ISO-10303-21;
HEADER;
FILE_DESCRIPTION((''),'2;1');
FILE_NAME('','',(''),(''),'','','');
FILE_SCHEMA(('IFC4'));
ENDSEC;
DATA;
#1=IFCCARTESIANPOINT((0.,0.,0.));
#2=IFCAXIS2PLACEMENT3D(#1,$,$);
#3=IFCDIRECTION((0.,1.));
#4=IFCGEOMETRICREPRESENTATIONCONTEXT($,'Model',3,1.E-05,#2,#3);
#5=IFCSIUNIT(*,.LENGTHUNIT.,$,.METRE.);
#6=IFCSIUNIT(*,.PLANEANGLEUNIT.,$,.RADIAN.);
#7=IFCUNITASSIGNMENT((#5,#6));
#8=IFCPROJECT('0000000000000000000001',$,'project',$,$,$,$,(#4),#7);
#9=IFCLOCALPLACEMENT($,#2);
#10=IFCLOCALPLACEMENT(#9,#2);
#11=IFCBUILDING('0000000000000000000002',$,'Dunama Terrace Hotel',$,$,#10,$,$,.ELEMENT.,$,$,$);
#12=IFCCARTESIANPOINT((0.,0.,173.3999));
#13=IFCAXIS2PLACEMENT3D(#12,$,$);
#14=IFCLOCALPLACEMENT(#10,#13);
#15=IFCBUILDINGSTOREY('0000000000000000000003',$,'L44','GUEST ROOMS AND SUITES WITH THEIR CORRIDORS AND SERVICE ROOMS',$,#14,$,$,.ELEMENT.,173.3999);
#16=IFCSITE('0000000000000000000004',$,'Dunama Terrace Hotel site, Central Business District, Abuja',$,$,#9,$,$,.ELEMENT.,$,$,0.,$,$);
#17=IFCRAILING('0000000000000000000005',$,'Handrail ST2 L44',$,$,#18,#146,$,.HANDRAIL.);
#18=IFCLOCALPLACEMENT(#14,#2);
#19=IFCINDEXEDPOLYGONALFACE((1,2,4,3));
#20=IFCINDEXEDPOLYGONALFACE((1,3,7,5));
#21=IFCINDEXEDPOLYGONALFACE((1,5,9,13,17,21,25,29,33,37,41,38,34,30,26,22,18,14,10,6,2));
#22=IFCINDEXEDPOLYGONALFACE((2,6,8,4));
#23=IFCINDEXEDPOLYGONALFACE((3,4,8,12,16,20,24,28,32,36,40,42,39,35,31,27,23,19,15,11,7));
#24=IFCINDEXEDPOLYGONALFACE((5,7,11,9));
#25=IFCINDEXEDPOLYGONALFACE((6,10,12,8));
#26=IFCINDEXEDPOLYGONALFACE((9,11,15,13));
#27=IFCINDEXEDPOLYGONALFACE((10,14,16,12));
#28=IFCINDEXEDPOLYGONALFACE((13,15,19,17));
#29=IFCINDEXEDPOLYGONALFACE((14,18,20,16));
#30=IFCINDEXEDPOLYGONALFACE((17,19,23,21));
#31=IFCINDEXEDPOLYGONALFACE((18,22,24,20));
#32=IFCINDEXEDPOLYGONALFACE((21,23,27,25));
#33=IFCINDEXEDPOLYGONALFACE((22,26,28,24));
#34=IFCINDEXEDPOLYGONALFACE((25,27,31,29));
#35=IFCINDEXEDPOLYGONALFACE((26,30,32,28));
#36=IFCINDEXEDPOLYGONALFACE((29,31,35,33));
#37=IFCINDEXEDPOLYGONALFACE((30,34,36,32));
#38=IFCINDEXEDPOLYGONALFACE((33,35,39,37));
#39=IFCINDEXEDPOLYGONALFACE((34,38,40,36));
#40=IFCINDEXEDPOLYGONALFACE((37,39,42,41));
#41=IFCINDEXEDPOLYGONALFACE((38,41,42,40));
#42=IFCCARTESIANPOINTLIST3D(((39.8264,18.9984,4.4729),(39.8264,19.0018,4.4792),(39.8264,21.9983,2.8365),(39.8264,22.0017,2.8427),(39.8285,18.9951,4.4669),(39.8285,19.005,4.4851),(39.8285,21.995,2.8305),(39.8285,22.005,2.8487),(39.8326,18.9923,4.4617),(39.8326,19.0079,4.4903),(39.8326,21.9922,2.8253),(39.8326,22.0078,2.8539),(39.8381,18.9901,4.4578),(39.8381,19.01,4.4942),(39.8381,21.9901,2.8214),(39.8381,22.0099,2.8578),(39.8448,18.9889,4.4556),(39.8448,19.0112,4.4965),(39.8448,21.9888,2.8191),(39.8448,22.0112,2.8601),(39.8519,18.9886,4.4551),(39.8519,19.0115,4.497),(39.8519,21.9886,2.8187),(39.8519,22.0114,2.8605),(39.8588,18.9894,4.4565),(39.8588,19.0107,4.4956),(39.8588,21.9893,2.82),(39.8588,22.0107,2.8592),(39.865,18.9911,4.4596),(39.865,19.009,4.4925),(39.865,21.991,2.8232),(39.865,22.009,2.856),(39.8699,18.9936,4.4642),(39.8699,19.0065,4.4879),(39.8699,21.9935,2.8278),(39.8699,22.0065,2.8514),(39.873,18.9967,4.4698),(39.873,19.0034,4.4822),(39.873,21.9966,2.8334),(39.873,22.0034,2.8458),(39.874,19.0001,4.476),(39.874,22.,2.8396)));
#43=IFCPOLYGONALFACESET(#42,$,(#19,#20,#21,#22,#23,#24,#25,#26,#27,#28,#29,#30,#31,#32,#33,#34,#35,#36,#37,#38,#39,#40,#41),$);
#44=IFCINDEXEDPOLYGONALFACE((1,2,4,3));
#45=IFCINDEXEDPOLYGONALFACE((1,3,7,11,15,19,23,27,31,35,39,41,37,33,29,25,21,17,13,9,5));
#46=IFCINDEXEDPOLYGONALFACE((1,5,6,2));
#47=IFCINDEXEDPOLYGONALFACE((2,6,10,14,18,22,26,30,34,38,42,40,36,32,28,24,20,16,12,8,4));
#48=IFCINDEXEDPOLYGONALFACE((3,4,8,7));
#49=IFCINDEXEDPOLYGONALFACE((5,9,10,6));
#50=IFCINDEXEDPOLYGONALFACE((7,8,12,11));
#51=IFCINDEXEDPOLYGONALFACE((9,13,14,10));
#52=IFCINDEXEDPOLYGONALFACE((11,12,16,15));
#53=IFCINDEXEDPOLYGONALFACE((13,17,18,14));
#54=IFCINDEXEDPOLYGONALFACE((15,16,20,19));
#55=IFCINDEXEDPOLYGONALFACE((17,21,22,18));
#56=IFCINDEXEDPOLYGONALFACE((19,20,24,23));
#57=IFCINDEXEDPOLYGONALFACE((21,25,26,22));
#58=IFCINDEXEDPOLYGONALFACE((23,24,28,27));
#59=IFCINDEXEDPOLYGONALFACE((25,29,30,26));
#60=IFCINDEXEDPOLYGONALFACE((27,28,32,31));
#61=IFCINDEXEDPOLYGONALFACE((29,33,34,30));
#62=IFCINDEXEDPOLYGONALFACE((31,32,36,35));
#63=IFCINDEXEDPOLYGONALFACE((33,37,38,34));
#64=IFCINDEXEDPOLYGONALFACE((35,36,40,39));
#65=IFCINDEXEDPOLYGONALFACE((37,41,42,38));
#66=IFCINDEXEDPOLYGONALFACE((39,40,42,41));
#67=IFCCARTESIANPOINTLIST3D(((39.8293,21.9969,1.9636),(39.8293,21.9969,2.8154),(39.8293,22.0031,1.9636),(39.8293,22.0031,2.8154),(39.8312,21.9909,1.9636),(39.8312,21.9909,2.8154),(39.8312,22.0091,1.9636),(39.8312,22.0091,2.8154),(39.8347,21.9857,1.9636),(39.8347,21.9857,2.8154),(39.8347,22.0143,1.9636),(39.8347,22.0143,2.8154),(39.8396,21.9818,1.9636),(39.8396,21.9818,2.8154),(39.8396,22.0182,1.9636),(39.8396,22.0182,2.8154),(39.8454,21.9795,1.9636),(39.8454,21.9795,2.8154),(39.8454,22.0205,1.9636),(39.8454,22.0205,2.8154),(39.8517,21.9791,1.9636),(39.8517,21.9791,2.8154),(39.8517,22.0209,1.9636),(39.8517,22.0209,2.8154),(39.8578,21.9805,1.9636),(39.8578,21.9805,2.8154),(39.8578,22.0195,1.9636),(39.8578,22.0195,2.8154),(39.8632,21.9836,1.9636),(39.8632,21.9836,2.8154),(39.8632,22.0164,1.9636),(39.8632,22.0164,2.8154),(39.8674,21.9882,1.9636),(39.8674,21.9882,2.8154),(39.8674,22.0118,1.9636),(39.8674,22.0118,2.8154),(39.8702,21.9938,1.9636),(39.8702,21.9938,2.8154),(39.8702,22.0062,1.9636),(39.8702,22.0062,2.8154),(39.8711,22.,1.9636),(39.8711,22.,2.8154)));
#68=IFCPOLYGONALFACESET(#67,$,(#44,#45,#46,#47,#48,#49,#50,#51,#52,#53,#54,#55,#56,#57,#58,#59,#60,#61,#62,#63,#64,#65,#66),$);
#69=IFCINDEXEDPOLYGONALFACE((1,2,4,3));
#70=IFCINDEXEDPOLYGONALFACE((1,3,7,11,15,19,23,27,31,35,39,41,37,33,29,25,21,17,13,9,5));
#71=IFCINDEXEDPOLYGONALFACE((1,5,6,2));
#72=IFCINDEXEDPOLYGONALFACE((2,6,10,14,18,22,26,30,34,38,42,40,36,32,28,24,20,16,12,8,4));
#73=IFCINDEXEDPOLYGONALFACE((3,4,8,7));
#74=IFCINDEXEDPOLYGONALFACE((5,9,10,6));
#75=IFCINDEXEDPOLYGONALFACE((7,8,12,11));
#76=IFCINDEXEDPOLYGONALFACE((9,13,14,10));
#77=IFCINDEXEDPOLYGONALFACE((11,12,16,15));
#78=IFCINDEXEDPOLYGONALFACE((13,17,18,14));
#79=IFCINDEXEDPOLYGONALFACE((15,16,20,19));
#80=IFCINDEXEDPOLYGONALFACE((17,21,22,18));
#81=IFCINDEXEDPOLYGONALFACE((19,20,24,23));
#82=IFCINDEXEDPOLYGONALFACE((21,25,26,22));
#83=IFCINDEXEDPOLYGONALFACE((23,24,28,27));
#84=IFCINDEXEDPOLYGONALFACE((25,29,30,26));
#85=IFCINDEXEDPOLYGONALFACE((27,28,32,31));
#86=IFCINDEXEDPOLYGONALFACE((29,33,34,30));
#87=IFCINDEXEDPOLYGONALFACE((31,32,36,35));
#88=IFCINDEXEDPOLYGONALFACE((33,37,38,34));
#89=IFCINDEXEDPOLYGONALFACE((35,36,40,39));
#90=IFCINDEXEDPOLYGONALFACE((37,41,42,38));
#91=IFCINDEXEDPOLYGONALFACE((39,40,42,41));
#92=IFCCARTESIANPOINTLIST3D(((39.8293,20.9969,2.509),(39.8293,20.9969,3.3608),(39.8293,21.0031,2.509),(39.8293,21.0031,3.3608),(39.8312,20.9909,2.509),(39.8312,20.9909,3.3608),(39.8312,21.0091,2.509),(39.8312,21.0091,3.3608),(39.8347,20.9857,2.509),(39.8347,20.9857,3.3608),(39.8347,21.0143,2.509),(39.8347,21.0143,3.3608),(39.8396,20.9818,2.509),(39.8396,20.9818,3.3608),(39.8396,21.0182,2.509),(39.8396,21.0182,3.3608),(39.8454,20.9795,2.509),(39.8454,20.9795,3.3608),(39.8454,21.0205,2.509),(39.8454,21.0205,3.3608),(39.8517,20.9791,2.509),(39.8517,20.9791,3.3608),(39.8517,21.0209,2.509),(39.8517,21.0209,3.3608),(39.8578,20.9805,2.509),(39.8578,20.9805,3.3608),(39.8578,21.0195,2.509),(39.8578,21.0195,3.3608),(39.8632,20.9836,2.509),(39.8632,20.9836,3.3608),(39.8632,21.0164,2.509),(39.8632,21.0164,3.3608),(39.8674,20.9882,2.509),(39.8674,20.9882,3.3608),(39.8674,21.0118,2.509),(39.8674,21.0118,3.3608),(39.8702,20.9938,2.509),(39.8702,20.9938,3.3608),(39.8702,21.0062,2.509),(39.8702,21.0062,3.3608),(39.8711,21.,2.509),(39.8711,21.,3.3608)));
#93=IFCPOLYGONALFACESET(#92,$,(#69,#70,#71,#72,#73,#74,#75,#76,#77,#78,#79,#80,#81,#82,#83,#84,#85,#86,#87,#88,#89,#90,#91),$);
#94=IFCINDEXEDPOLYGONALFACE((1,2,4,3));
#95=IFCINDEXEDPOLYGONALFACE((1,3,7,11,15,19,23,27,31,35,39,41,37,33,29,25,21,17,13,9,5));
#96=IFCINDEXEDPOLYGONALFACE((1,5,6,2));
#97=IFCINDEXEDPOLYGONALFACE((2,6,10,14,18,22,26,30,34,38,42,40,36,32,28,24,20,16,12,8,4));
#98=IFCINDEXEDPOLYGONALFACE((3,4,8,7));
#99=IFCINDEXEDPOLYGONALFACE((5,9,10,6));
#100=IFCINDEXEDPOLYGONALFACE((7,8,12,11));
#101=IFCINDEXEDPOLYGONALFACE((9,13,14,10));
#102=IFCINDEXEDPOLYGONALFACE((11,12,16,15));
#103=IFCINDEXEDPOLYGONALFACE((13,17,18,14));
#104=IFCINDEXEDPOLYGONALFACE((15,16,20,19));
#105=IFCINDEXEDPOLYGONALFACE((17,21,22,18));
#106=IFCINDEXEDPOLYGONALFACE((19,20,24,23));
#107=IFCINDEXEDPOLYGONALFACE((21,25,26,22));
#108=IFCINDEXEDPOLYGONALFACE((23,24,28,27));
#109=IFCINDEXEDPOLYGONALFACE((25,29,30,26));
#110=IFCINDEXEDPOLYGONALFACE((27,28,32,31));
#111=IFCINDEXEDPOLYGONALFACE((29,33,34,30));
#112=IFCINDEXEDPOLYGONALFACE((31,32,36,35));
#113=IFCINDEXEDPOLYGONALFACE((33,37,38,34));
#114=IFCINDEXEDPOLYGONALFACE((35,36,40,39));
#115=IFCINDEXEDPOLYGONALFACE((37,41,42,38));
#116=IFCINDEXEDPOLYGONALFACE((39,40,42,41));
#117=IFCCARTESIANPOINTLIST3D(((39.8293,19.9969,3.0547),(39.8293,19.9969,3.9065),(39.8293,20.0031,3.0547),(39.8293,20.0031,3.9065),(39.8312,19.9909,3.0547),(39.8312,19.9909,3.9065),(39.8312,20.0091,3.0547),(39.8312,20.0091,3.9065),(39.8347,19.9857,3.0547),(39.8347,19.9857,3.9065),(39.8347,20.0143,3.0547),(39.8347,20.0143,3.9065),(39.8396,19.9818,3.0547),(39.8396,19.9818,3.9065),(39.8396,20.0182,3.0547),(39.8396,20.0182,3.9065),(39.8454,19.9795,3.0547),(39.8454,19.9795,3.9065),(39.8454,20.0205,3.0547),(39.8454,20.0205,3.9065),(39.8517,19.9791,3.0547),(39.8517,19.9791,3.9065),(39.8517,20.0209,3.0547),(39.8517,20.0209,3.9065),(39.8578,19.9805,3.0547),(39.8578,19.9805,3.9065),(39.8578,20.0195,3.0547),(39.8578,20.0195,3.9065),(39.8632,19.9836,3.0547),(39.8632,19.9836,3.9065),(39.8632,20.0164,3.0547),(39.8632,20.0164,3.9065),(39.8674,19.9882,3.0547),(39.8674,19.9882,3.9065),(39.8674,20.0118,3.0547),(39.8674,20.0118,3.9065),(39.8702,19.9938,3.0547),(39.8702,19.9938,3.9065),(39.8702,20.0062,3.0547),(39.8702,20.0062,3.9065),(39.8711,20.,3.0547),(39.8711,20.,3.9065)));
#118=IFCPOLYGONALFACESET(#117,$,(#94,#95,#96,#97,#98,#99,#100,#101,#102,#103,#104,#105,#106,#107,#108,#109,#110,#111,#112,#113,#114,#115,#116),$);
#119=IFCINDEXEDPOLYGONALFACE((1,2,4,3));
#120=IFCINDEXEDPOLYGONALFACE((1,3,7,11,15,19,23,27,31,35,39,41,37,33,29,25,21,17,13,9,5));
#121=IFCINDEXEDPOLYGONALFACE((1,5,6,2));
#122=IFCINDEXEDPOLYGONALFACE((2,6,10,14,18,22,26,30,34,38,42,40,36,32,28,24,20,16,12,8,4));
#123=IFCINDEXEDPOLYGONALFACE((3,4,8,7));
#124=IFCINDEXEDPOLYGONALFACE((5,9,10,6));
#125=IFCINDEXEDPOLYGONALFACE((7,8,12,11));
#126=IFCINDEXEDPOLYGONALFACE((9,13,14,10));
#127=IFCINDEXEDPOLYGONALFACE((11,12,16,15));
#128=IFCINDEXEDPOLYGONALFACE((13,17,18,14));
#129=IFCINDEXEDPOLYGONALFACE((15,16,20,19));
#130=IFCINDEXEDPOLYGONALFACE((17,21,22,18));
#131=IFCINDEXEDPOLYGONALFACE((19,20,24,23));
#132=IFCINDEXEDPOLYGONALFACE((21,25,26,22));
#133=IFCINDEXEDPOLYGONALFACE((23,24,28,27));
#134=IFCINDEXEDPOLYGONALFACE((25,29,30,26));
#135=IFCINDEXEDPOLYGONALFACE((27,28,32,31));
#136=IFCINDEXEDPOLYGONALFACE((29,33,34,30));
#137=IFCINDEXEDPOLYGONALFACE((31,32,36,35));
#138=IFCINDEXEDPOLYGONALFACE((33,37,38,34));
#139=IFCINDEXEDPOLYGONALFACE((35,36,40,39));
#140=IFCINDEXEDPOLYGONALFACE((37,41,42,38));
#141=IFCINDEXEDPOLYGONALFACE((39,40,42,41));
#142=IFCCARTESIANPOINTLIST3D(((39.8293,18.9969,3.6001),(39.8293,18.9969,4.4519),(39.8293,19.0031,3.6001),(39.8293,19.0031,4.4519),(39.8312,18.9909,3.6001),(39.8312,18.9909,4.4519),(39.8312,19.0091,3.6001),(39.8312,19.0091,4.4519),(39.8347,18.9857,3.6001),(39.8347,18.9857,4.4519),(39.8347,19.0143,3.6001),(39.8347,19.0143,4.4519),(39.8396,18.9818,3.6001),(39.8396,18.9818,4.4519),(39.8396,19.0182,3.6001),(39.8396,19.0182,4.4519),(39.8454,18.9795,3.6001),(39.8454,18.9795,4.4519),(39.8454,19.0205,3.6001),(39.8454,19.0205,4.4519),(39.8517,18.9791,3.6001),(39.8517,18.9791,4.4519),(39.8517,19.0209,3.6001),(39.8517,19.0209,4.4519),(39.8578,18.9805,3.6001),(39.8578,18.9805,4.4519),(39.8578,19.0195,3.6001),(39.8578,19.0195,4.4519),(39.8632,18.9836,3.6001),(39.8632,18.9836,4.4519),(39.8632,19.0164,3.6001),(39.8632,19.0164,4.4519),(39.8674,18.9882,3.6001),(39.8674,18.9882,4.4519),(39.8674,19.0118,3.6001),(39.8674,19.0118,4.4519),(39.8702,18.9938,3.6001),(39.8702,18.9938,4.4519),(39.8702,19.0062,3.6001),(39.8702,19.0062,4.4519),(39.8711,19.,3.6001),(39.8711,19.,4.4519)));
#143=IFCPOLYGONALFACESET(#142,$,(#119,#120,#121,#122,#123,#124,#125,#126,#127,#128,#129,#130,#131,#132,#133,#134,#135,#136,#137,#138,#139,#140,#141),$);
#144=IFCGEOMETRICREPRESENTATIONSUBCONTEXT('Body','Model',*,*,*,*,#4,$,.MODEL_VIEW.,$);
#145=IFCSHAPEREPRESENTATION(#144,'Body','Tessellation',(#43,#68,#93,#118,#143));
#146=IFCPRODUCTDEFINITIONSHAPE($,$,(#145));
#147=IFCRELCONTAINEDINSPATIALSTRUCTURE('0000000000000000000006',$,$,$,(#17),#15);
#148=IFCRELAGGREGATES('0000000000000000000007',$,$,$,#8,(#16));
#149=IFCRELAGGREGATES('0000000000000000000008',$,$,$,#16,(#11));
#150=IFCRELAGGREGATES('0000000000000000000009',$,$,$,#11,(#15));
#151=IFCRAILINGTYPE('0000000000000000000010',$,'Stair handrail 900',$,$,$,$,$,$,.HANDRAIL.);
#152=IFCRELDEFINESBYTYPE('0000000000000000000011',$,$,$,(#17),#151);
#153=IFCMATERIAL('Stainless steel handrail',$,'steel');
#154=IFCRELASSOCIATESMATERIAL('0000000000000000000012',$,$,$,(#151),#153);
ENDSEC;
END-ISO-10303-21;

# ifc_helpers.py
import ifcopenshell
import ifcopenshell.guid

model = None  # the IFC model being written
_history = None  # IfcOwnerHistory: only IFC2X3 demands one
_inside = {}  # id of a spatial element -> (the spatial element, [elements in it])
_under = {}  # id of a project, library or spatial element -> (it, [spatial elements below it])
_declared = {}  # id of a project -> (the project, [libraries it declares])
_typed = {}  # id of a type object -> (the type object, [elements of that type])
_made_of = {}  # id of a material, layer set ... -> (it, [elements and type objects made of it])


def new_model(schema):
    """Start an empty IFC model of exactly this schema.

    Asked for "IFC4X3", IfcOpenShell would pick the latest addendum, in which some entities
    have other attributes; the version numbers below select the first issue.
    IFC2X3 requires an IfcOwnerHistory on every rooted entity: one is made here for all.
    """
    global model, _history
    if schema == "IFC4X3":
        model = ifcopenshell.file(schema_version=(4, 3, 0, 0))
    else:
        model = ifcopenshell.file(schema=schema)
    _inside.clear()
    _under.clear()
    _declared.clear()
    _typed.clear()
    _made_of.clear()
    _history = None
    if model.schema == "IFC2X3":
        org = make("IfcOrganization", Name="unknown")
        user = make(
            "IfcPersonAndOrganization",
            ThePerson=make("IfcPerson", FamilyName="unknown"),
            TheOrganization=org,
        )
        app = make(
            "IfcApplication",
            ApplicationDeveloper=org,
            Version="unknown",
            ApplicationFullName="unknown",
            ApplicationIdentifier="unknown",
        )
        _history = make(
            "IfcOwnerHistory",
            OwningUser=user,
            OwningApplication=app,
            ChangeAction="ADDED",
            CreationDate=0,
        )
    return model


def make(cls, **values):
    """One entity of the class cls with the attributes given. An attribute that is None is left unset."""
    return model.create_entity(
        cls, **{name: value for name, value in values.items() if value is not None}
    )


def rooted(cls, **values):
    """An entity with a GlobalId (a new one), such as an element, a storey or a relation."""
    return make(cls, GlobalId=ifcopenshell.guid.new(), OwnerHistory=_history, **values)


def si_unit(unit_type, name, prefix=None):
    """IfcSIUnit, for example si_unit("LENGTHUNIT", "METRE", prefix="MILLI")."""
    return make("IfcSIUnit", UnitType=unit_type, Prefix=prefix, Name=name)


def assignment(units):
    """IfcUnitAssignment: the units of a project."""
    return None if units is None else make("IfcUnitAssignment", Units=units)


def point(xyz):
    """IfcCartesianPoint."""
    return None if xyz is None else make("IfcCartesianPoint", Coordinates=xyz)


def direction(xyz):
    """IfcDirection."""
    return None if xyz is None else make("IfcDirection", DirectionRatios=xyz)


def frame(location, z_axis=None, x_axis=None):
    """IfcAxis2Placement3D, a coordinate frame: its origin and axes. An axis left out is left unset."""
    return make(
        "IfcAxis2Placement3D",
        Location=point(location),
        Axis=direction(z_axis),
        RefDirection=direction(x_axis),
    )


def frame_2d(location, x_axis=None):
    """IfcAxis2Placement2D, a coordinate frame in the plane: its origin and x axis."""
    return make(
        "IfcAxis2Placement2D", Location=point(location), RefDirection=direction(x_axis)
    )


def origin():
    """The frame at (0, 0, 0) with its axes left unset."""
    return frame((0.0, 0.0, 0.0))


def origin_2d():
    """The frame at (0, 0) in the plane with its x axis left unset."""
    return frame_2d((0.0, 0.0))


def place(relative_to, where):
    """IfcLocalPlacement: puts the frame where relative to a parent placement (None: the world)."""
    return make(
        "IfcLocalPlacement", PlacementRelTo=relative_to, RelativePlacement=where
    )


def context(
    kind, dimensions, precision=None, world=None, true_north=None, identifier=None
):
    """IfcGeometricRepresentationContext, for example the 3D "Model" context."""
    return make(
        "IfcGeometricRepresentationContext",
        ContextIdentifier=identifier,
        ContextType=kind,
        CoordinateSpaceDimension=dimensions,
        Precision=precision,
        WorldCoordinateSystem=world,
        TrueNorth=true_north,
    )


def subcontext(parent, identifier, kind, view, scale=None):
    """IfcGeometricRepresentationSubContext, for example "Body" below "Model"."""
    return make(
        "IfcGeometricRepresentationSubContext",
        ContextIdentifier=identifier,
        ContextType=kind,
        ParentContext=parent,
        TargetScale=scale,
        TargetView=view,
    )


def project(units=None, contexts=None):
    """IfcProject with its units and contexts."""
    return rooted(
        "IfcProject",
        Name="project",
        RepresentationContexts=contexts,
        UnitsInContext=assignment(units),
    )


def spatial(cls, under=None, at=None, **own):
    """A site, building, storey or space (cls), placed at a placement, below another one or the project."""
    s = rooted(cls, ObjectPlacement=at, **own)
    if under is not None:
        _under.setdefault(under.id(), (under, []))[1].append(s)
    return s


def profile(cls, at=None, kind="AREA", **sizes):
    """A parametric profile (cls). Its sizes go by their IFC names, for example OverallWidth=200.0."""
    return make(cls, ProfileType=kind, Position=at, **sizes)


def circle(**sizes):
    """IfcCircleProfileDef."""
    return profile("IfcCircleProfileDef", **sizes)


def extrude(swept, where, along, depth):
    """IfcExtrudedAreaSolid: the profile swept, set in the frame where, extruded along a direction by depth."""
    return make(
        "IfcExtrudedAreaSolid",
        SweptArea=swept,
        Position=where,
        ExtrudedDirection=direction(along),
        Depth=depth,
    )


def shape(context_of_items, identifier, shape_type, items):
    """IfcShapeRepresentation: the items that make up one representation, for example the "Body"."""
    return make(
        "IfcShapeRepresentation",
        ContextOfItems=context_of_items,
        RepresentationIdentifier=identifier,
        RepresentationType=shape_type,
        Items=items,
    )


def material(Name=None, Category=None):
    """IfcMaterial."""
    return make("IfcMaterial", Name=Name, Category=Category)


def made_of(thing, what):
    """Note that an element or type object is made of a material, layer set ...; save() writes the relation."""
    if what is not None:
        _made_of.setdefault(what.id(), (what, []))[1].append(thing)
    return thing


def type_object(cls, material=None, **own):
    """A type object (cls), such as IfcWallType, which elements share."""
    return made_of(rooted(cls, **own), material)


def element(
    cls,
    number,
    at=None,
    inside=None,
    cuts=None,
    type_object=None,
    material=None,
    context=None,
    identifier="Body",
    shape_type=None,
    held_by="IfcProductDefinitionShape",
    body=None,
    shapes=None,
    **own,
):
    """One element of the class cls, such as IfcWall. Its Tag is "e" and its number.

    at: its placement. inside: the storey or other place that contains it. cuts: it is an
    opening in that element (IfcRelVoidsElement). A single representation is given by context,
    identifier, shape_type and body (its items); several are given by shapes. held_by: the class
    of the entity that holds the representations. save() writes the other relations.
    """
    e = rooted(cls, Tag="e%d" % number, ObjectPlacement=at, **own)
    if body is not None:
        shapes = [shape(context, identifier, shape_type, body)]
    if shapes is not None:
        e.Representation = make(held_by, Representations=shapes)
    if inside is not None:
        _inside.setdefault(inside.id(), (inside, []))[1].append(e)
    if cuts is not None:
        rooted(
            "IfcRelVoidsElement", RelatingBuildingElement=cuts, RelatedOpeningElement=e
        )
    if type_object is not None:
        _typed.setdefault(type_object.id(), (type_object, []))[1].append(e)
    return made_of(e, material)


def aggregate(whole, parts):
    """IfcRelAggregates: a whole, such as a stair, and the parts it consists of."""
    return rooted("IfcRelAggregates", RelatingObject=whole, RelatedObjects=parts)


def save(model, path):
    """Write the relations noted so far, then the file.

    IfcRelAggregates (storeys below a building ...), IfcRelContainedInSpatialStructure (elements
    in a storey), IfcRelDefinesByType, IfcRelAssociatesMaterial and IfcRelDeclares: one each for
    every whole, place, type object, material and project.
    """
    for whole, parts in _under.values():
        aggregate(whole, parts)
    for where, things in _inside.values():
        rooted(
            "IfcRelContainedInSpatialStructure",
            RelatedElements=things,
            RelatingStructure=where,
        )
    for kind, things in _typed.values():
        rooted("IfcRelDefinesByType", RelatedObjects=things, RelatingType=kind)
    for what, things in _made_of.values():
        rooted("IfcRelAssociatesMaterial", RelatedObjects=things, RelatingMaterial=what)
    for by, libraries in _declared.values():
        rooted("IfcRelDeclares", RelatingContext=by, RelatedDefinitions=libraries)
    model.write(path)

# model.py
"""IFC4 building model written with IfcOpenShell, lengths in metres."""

from ifc_helpers import new_model, si_unit, direction, frame, origin, origin_2d, place, context, subcontext, project, spatial, circle, extrude, material, type_object, element, save


model = new_model("IFC4")

# Units and contexts
model_context = context("Model", 3, precision=1e-05, world=origin(), true_north=direction((0.0, 1.0)))
body_context = subcontext(model_context, "Body", "Model", "MODEL_VIEW")
ifc_project = project(units=[si_unit("LENGTHUNIT", "METRE"), si_unit("PLANEANGLEUNIT", "RADIAN")], contexts=[model_context])

# Site, building, storey
site_placement = place(None, origin())
site = spatial("IfcSite", under=ifc_project, at=site_placement, Name="Dunama Terrace Hotel site, Central Business District, Abuja", CompositionType="ELEMENT", RefElevation=0.0)
building_placement = place(site_placement, origin())
building = spatial("IfcBuilding", under=site, at=building_placement, Name="Dunama Terrace Hotel", CompositionType="ELEMENT")
storey_placement = place(building_placement, frame((0.0, 0.0, 173.3999)))
storey = spatial("IfcBuildingStorey", under=building, at=storey_placement, Name="L44", Description="GUEST ROOMS AND SUITES WITH THEIR CORRIDORS AND SERVICE ROOMS", CompositionType="ELEMENT", Elevation=173.3999)

# Railing
ifc_material_1 = material(Name="Stainless steel handrail", Category="steel")
railing_type_1 = type_object("IfcRailingType", Name="Stair handrail 900", PredefinedType="HANDRAIL", material=ifc_material_1)
railing_1_placement = place(storey_placement, frame((39.8501, 22.0, 1.9636)))
element("IfcRailing", 1, at=railing_1_placement, inside=storey, type_object=railing_type_1, Name="Handrail ST2 L44", PredefinedType="HANDRAIL", context=body_context, shape_type="SweptSolid", body=[
    extrude(circle(Radius=0.0239, at=origin_2d()), frame((0.0, 0.0, 0.876), z_axis=(0.0, -0.877882, 0.478877), x_axis=(1.0, 0.0, 0.0)), (0.0, 0.0, 1.0), 3.4172),
    extrude(circle(Radius=0.021, at=origin_2d()), origin(), (0.0, 0.0, 1.0), 0.8518),
    extrude(circle(Radius=0.021, at=origin_2d()), frame((0.0, -1.0, 0.5454)), (0.0, 0.0, 1.0), 0.8518),
    extrude(circle(Radius=0.021, at=origin_2d()), frame((0.0, -2.0, 1.0911)), (0.0, 0.0, 1.0), 0.8518),
    extrude(circle(Radius=0.021, at=origin_2d()), frame((0.0, -3.0, 1.6365)), (0.0, 0.0, 1.0), 0.8518),
])

save(model, "model.ifc")
